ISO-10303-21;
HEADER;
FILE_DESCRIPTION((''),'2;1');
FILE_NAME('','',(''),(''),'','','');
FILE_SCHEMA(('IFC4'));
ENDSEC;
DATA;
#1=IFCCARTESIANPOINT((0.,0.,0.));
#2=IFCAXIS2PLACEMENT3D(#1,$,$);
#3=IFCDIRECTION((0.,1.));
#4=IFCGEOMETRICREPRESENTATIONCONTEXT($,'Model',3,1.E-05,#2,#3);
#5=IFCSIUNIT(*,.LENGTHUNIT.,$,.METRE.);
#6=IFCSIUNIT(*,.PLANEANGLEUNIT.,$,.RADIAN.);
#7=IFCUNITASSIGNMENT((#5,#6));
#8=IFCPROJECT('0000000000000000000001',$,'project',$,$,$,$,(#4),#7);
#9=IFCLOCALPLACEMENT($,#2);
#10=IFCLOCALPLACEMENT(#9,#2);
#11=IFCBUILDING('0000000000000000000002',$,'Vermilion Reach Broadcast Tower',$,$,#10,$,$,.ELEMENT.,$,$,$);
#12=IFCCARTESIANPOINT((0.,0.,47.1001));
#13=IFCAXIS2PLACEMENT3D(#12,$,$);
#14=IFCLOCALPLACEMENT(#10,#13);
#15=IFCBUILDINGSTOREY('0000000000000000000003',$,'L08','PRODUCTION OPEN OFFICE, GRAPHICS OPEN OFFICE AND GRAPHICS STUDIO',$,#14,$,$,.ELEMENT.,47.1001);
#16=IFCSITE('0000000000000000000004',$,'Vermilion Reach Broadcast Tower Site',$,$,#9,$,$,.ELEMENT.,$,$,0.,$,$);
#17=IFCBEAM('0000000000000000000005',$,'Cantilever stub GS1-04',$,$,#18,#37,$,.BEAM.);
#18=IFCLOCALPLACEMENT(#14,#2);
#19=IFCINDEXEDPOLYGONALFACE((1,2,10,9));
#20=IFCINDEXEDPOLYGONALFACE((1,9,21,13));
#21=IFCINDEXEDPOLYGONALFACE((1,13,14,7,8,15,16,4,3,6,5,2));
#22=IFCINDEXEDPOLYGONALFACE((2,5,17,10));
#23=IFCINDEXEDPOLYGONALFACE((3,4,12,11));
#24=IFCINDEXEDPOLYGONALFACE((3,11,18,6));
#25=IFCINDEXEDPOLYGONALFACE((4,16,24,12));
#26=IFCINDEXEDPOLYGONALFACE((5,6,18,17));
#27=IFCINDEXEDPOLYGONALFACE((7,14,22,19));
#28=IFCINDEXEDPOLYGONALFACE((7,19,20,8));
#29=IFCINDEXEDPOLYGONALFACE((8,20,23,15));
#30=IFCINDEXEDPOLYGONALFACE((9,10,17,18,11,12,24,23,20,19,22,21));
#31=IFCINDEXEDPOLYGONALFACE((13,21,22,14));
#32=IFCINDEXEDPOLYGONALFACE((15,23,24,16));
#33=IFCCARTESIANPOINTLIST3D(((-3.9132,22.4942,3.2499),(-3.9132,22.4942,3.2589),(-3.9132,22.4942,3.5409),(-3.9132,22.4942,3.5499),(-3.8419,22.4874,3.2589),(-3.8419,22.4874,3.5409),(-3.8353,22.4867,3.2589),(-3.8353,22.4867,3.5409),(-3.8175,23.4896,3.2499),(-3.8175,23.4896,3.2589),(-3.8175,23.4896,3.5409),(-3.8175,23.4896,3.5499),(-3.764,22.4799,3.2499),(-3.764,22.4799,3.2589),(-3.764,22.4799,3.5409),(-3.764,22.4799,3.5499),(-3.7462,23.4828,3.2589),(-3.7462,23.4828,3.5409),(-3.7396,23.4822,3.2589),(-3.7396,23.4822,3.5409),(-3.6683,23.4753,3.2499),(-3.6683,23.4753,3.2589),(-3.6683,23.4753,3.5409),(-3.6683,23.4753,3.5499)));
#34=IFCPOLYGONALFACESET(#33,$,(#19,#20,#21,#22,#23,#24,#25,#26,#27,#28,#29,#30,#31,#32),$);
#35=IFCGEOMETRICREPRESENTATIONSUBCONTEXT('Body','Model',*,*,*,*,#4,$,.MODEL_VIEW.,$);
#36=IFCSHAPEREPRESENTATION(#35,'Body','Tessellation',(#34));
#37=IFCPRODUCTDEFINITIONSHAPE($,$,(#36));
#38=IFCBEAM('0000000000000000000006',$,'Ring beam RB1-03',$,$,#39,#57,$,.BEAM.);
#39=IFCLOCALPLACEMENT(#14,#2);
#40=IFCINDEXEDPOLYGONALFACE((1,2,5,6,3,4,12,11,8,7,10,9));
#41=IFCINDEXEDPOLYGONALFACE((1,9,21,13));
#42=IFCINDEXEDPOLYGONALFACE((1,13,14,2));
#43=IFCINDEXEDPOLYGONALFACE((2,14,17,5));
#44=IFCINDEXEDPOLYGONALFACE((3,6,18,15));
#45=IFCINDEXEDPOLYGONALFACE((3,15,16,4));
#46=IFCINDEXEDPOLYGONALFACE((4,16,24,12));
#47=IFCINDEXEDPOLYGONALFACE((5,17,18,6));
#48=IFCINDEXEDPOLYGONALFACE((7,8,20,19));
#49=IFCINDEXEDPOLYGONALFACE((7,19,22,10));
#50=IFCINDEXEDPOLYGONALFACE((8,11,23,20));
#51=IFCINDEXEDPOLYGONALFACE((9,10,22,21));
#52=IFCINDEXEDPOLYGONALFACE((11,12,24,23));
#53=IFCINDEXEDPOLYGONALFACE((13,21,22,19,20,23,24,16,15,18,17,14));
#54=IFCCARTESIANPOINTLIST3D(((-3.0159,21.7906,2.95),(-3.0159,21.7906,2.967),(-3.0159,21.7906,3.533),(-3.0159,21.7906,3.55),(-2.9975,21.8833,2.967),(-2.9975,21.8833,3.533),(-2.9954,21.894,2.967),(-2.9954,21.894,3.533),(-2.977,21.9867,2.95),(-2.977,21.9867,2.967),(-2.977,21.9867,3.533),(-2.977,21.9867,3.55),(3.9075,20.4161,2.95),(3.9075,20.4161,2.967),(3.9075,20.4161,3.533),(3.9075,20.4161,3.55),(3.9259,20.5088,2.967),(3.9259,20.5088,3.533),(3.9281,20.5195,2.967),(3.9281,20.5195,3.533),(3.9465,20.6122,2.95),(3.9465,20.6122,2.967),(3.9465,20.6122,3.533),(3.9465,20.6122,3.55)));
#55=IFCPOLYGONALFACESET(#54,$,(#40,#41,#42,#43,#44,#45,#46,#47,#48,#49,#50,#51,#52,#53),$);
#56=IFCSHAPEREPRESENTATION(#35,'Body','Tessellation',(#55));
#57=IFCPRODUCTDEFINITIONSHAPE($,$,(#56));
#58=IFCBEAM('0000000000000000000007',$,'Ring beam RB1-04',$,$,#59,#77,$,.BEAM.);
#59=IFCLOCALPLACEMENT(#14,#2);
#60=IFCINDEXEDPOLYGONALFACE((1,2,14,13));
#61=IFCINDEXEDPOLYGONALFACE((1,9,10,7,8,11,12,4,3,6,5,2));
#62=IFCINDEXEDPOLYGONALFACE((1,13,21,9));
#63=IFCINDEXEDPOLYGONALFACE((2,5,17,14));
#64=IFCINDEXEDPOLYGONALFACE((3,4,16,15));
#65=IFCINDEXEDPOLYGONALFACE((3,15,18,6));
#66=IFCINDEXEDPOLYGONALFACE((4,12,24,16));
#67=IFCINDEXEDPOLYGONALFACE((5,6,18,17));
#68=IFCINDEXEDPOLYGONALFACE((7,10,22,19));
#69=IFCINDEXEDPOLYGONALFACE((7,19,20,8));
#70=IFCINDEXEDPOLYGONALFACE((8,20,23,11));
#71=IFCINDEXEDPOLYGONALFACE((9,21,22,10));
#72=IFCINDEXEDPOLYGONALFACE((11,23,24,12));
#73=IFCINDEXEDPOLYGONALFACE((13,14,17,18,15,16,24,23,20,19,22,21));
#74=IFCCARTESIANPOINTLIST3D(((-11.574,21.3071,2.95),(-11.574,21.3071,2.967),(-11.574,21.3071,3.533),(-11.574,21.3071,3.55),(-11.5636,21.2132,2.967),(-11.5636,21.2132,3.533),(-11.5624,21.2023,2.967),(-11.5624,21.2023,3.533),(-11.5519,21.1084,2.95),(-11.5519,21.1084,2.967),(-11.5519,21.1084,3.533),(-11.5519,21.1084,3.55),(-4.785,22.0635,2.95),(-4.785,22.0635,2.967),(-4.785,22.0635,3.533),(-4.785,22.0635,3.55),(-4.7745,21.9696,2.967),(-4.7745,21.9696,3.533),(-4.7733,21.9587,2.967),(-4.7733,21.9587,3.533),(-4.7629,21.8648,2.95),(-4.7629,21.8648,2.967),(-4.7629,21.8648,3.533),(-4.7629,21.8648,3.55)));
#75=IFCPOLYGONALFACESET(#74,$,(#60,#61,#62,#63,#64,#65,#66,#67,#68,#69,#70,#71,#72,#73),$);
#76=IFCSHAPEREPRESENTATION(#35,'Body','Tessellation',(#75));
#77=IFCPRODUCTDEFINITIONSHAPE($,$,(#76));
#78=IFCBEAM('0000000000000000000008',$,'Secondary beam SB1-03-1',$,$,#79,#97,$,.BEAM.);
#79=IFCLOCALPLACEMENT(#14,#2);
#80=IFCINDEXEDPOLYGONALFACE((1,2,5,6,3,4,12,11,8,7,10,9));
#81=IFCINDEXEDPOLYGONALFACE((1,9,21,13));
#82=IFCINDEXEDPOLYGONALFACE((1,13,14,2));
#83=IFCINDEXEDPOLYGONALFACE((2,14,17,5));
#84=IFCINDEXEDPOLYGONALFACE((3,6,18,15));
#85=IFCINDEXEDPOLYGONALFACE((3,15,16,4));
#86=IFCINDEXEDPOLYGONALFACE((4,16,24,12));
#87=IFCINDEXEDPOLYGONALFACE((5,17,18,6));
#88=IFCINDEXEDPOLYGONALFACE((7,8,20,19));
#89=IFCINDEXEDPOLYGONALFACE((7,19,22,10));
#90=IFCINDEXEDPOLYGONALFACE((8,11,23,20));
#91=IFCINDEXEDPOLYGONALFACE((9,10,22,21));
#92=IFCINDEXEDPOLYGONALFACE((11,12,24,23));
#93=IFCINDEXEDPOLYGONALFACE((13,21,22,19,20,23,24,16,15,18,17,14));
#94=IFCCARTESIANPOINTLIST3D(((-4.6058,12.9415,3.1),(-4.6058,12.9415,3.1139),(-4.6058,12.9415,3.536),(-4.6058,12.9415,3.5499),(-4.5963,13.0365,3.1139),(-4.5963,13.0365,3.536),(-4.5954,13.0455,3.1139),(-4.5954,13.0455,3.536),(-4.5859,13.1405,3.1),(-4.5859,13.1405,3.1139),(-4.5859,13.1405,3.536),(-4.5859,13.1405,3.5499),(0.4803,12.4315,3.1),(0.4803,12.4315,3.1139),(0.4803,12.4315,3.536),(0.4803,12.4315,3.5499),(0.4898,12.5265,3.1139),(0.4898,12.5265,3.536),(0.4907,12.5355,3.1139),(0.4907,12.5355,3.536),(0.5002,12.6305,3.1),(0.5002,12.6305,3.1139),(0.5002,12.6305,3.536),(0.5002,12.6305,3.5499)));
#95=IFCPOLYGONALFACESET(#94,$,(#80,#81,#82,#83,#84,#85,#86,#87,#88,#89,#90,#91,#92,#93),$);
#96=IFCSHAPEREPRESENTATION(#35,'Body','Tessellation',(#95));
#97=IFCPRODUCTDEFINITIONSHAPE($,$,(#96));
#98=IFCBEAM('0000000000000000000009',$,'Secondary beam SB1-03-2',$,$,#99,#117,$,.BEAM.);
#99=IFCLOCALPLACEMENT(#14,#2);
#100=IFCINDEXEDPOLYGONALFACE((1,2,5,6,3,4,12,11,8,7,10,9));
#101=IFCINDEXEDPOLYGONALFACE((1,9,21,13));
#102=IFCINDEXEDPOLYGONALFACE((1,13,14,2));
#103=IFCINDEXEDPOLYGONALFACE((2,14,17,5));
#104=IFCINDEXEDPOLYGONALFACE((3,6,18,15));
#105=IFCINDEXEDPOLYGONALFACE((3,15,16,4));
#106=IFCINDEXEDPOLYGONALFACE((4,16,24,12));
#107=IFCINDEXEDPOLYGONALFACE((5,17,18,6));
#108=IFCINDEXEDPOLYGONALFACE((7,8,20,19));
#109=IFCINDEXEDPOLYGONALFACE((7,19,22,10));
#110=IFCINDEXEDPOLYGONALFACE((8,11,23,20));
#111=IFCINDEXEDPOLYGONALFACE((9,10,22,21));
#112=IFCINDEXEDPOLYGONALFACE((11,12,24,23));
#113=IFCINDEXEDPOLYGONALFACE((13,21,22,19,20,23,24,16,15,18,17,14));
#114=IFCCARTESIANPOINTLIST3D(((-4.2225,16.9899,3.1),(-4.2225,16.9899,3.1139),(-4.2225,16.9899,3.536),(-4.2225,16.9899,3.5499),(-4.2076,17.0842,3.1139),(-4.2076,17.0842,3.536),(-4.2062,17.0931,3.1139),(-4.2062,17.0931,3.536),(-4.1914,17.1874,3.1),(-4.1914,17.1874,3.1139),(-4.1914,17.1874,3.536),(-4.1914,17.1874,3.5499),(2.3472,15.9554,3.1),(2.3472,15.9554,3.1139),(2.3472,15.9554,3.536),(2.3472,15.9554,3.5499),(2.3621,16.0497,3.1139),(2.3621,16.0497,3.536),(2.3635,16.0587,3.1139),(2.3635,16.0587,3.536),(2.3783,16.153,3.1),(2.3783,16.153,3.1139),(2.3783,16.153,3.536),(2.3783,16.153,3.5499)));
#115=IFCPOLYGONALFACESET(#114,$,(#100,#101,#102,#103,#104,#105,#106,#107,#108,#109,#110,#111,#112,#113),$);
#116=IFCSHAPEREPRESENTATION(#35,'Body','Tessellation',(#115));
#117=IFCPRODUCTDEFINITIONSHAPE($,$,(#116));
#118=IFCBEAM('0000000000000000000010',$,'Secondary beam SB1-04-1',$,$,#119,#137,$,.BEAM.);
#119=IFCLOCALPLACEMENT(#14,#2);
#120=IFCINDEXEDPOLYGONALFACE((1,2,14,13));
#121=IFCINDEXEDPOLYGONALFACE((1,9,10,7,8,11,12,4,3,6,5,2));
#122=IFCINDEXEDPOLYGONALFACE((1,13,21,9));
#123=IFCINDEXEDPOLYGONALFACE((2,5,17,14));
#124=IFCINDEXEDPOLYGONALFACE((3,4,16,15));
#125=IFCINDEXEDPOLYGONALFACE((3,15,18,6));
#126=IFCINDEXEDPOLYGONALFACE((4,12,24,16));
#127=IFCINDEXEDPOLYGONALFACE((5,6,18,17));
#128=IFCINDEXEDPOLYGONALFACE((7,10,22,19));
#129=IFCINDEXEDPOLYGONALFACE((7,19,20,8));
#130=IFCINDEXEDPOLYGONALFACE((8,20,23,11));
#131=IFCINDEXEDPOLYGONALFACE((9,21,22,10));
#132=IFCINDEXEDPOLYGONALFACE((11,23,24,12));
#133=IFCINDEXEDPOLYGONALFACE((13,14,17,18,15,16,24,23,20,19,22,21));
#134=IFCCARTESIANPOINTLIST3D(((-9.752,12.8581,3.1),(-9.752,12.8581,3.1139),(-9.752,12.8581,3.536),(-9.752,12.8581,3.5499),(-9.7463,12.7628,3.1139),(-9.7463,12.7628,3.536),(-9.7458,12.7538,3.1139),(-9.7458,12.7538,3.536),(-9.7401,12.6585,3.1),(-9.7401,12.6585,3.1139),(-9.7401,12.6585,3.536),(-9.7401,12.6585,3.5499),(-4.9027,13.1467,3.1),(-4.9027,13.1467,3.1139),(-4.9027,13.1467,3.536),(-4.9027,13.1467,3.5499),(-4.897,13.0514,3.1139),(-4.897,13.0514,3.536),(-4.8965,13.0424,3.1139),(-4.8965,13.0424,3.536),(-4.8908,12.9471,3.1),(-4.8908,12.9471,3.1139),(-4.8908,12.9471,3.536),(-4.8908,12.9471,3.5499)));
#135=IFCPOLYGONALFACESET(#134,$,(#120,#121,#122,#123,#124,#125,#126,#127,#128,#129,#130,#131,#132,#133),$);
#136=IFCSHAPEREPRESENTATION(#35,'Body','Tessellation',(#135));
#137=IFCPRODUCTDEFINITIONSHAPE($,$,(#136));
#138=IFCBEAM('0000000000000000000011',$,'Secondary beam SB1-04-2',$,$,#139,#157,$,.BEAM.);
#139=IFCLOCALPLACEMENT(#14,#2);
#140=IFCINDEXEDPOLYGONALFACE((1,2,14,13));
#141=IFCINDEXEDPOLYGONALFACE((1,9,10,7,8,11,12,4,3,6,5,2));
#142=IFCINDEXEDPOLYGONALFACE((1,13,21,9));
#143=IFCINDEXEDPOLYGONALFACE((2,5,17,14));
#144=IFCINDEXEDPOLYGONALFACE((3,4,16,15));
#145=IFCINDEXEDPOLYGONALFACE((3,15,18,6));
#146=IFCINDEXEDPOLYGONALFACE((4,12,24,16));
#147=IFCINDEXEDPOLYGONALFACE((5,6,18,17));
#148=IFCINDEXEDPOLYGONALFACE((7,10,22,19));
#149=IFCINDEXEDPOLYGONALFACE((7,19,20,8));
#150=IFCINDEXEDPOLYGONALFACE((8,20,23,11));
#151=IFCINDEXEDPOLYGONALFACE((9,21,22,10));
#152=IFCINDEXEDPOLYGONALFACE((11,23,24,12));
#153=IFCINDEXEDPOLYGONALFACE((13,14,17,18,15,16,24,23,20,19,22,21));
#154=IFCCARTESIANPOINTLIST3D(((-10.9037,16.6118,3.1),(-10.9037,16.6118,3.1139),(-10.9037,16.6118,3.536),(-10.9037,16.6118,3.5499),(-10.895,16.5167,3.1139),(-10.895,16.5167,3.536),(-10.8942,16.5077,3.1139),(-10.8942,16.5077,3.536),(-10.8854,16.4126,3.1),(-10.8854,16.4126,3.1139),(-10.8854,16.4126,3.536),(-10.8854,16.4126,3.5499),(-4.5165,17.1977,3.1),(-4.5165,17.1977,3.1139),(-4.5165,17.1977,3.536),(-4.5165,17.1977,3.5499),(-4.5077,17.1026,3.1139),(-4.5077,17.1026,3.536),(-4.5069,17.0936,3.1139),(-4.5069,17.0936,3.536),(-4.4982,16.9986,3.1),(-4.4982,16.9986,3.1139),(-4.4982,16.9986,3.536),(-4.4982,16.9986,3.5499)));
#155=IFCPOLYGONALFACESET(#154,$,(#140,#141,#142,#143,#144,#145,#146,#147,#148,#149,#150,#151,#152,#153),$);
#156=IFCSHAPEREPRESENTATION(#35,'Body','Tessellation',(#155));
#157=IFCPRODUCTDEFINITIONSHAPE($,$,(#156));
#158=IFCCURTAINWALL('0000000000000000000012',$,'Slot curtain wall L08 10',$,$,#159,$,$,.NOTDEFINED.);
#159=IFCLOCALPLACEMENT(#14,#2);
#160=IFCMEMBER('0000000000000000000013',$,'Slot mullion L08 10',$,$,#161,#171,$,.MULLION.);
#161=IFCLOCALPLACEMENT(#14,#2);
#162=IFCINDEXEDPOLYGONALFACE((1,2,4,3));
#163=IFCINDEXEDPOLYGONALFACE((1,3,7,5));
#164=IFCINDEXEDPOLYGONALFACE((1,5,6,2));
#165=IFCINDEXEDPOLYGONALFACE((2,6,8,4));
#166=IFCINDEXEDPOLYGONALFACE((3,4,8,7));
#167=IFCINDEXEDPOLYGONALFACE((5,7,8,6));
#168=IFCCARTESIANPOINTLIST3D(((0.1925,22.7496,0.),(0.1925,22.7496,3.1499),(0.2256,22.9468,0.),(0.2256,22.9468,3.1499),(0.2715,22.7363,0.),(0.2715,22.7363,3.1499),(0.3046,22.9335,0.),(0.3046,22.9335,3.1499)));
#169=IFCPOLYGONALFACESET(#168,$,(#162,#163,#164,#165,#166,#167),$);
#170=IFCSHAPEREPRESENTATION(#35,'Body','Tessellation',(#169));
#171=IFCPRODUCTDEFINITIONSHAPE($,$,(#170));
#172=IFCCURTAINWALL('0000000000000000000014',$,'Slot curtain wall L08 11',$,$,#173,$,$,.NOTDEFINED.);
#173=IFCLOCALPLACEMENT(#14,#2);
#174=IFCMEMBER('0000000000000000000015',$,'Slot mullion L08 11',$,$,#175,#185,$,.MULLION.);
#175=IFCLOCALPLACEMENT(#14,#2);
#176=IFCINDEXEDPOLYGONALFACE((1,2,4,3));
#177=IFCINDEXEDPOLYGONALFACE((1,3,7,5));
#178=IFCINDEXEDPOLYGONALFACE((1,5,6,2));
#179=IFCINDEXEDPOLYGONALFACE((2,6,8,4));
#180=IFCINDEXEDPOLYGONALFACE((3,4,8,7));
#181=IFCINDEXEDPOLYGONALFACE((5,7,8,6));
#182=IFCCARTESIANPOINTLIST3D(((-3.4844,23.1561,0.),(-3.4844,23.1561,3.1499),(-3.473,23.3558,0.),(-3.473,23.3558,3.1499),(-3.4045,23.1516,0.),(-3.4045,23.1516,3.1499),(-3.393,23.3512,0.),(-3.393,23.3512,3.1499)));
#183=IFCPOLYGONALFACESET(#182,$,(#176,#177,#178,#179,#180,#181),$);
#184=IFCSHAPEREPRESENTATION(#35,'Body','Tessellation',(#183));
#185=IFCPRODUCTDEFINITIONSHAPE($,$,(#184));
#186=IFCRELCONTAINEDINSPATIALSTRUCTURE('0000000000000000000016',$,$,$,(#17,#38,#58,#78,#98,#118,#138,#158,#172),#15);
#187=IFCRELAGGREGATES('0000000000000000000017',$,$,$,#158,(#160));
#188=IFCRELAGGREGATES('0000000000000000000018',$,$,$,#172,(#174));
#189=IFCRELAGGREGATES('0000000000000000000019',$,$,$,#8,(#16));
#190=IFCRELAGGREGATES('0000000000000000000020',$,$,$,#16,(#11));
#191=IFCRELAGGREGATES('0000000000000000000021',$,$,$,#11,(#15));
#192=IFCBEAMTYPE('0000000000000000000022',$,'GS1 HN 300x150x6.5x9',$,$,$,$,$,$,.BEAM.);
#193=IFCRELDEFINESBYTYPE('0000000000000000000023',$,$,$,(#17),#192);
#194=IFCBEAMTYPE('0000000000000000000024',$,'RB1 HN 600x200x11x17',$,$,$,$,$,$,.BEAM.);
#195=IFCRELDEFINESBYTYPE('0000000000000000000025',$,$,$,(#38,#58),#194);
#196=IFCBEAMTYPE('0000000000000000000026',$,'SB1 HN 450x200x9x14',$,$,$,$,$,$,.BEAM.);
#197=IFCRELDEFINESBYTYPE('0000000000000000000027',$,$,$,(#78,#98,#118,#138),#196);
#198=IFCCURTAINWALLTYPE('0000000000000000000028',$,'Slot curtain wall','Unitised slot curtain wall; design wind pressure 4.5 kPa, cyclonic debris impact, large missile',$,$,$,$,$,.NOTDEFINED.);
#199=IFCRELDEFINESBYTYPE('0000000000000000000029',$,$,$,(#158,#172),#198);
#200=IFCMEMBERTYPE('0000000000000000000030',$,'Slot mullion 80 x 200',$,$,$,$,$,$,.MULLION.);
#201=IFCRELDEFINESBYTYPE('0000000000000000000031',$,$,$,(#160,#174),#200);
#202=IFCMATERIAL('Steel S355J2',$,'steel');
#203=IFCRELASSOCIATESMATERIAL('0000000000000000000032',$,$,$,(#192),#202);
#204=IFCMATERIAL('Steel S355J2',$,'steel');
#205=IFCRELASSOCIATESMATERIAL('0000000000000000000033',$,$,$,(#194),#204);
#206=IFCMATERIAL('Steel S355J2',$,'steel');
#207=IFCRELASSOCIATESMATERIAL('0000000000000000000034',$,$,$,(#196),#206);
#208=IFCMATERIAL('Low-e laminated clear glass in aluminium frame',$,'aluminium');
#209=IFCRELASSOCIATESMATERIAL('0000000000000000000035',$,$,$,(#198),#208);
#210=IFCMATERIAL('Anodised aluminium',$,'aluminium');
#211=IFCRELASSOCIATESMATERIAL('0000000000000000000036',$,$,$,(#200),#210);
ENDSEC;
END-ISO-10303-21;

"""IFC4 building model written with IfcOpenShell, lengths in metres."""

from ifc_helpers import new_model, si_unit, direction, frame, origin, origin_2d, place, context, subcontext, project, spatial, rectangle, i_section, extrude, material, material_profile, profile_set, type_object, element, aggregate, save


model = new_model("IFC4")

# Units and contexts
model_context = context("Model", 3, precision=1e-05, world=origin(), true_north=direction((0.0, 1.0)))
body_context = subcontext(model_context, "Body", "Model", "MODEL_VIEW")
ifc_project = project(units=[si_unit("LENGTHUNIT", "METRE"), si_unit("PLANEANGLEUNIT", "RADIAN")], contexts=[model_context])

# Site, building, storey
site_placement = place(None, origin())
site = spatial("IfcSite", under=ifc_project, at=site_placement, Name="Vermilion Reach Broadcast Tower Site", CompositionType="ELEMENT", RefElevation=0.0)
building_placement = place(site_placement, origin())
building = spatial("IfcBuilding", under=site, at=building_placement, Name="Vermilion Reach Broadcast Tower", CompositionType="ELEMENT")
storey_placement = place(building_placement, frame((0.0, 0.0, 47.1001)))
storey = spatial("IfcBuildingStorey", under=building, at=storey_placement, Name="L08", Description="PRODUCTION OPEN OFFICE, GRAPHICS OPEN OFFICE AND GRAPHICS STUDIO", CompositionType="ELEMENT", Elevation=47.1001)

# Beams
ifc_material_1 = material(Name="Steel S355J2", Category="steel")
ifc_material_profile_1 = material_profile(ifc_material_1, i_section(OverallWidth=0.1499, OverallDepth=0.3, WebThickness=0.0066, FlangeThickness=0.009, at=origin_2d()), Name="S355J2 HN 300x150x6.5x9")
ifc_profile_set_1 = profile_set([ifc_material_profile_1], Name="Steel S355J2")
beam_type_1 = type_object("IfcBeamType", Name="GS1 HN 300x150x6.5x9", PredefinedType="BEAM", material=ifc_profile_set_1)
beam_1_placement = place(storey_placement, frame((-3.8386, 22.4871, 3.3999), z_axis=(0.095708, 0.995409, 0.0), x_axis=(-0.995409, 0.095708, 0.0)))
element("IfcBeam", 1, at=beam_1_placement, inside=storey, type_object=beam_type_1, Name="Cantilever stub GS1-04", PredefinedType="BEAM", context=body_context, shape_type="SweptSolid", body=[
    extrude(i_section(OverallWidth=0.1499, OverallDepth=0.3, WebThickness=0.0066, FlangeThickness=0.009, at=origin_2d()), origin(), (0.0, 0.0, 1.0), 1.0),
])
ifc_material_2 = material(Name="Steel S355J2", Category="steel")
ifc_material_profile_2 = material_profile(ifc_material_2, i_section(OverallWidth=0.2, OverallDepth=0.6001, WebThickness=0.011, FlangeThickness=0.0171, at=origin_2d()), Name="S355J2 HN 600x200x11x17")
ifc_profile_set_2 = profile_set([ifc_material_profile_2], Name="Steel S355J2")
beam_type_2 = type_object("IfcBeamType", Name="RB1 HN 600x200x11x17", PredefinedType="BEAM", material=ifc_profile_set_2)
beam_2_placement = place(storey_placement, frame((3.927, 20.5142, 3.25), z_axis=(-0.980858, 0.194726, 0.0), x_axis=(-0.194726, -0.980858, 0.0)))
element("IfcBeam", 2, at=beam_2_placement, inside=storey, type_object=beam_type_2, Name="Ring beam RB1-03", PredefinedType="BEAM", context=body_context, shape_type="SweptSolid", body=[
    extrude(i_section(OverallWidth=0.2, OverallDepth=0.6001, WebThickness=0.011, FlangeThickness=0.0171, at=origin_2d()), origin(), (0.0, 0.0, 1.0), 7.0586),
])
beam_3_placement = place(storey_placement, frame((-4.7739, 21.9641, 3.25), z_axis=(-0.993851, -0.110722, 0.0), x_axis=(0.110722, -0.993851, 0.0)))
element("IfcBeam", 3, at=beam_3_placement, inside=storey, type_object=beam_type_2, Name="Ring beam RB1-04", PredefinedType="BEAM", context=body_context, shape_type="SweptSolid", body=[
    extrude(i_section(OverallWidth=0.2, OverallDepth=0.6001, WebThickness=0.011, FlangeThickness=0.0171, at=origin_2d()), origin(), (0.0, 0.0, 1.0), 6.8311),
])
ifc_material_3 = material(Name="Steel S355J2", Category="steel")
ifc_material_profile_3 = material_profile(ifc_material_3, i_section(OverallWidth=0.2, OverallDepth=0.45, WebThickness=0.009, FlangeThickness=0.0139, at=origin_2d()), Name="S355J2 HN 450x200x9x14")
ifc_profile_set_3 = profile_set([ifc_material_profile_3], Name="Steel S355J2")
beam_type_3 = type_object("IfcBeamType", Name="SB1 HN 450x200x9x14", PredefinedType="BEAM", material=ifc_profile_set_3)
beam_4_placement = place(storey_placement, frame((0.4902, 12.531, 3.325), z_axis=(-0.99501, 0.099773, 0.0), x_axis=(-0.099773, -0.99501, 0.0)))
element("IfcBeam", 4, at=beam_4_placement, inside=storey, type_object=beam_type_3, Name="Secondary beam SB1-03-1", PredefinedType="BEAM", context=body_context, shape_type="SweptSolid", body=[
    extrude(i_section(OverallWidth=0.2, OverallDepth=0.45, WebThickness=0.009, FlangeThickness=0.0139, at=origin_2d()), origin(), (0.0, 0.0, 1.0), 5.1116),
])
beam_5_placement = place(storey_placement, frame((2.3628, 16.0542, 3.325), z_axis=(-0.98783, 0.15554, 0.0), x_axis=(-0.15554, -0.98783, 0.0)))
element("IfcBeam", 5, at=beam_5_placement, inside=storey, type_object=beam_type_3, Name="Secondary beam SB1-03-2", PredefinedType="BEAM", context=body_context, shape_type="SweptSolid", body=[
    extrude(i_section(OverallWidth=0.2, OverallDepth=0.45, WebThickness=0.009, FlangeThickness=0.0139, at=origin_2d()), origin(), (0.0, 0.0, 1.0), 6.6506),
])
beam_6_placement = place(storey_placement, frame((-4.8967, 13.0469, 3.325), z_axis=(-0.998234, -0.059403, 0.0), x_axis=(0.059403, -0.998234, 0.0)))
element("IfcBeam", 6, at=beam_6_placement, inside=storey, type_object=beam_type_3, Name="Secondary beam SB1-04-1", PredefinedType="BEAM", context=body_context, shape_type="SweptSolid", body=[
    extrude(i_section(OverallWidth=0.2, OverallDepth=0.45, WebThickness=0.009, FlangeThickness=0.0139, at=origin_2d()), origin(), (0.0, 0.0, 1.0), 4.8579),
])
beam_7_placement = place(storey_placement, frame((-4.5073, 17.0981, 3.325), z_axis=(-0.995819, -0.091353, 0.0), x_axis=(0.091353, -0.995819, 0.0)))
element("IfcBeam", 7, at=beam_7_placement, inside=storey, type_object=beam_type_3, Name="Secondary beam SB1-04-2", PredefinedType="BEAM", context=body_context, shape_type="SweptSolid", body=[
    extrude(i_section(OverallWidth=0.2, OverallDepth=0.45, WebThickness=0.009, FlangeThickness=0.0139, at=origin_2d()), origin(), (0.0, 0.0, 1.0), 6.4141),
])

# Curtain walls, members
ifc_material_4 = material(Name="Low-e laminated clear glass in aluminium frame", Category="aluminium")
curtain_wall_type = type_object("IfcCurtainWallType", Name="Slot curtain wall", Description="Unitised slot curtain wall; design wind pressure 4.5 kPa, cyclonic debris impact, large missile", PredefinedType="NOTDEFINED", material=ifc_material_4)
placement_1 = place(storey_placement, origin())
curtain_wall_1 = element("IfcCurtainWall", 8, at=placement_1, inside=storey, type_object=curtain_wall_type, Name="Slot curtain wall L08 10", PredefinedType="NOTDEFINED")
ifc_material_5 = material(Name="Anodised aluminium", Category="aluminium")
ifc_material_profile_4 = material_profile(ifc_material_5, rectangle(XDim=0.2, YDim=0.0801, at=origin_2d()), Name="Slot mullion 80 x 200")
ifc_profile_set_4 = profile_set([ifc_material_profile_4], Name="Anodised aluminium")
member_type_1 = type_object("IfcMemberType", Name="Slot mullion 80 x 200", PredefinedType="MULLION", material=ifc_profile_set_4)
member_1_placement = place(storey_placement, frame((0.2485, 22.8416, 0.0), z_axis=(0.0, 0.0, 1.0), x_axis=(-0.165409, -0.986225, 0.0)))
member_1 = element("IfcMember", 9, at=member_1_placement, type_object=member_type_1, Name="Slot mullion L08 10", PredefinedType="MULLION", context=body_context, shape_type="SweptSolid", body=[
    extrude(rectangle(XDim=0.2, YDim=0.0801, at=origin_2d()), origin(), (0.0, 0.0, 1.0), 3.1499),
])
curtain_wall_2 = element("IfcCurtainWall", 10, at=placement_1, inside=storey, type_object=curtain_wall_type, Name="Slot curtain wall L08 11", PredefinedType="NOTDEFINED")
member_2_placement = place(storey_placement, frame((-3.4387, 23.2537, 0.0), z_axis=(0.0, 0.0, 1.0), x_axis=(-0.057319, -0.998356, 0.0)))
member_2 = element("IfcMember", 11, at=member_2_placement, type_object=member_type_1, Name="Slot mullion L08 11", PredefinedType="MULLION", context=body_context, shape_type="SweptSolid", body=[
    extrude(rectangle(XDim=0.2, YDim=0.0801, at=origin_2d()), origin(), (0.0, 0.0, 1.0), 3.1499),
])

aggregate(curtain_wall_1, [member_1])
aggregate(curtain_wall_2, [member_2])

save(model, "model.ifc")
